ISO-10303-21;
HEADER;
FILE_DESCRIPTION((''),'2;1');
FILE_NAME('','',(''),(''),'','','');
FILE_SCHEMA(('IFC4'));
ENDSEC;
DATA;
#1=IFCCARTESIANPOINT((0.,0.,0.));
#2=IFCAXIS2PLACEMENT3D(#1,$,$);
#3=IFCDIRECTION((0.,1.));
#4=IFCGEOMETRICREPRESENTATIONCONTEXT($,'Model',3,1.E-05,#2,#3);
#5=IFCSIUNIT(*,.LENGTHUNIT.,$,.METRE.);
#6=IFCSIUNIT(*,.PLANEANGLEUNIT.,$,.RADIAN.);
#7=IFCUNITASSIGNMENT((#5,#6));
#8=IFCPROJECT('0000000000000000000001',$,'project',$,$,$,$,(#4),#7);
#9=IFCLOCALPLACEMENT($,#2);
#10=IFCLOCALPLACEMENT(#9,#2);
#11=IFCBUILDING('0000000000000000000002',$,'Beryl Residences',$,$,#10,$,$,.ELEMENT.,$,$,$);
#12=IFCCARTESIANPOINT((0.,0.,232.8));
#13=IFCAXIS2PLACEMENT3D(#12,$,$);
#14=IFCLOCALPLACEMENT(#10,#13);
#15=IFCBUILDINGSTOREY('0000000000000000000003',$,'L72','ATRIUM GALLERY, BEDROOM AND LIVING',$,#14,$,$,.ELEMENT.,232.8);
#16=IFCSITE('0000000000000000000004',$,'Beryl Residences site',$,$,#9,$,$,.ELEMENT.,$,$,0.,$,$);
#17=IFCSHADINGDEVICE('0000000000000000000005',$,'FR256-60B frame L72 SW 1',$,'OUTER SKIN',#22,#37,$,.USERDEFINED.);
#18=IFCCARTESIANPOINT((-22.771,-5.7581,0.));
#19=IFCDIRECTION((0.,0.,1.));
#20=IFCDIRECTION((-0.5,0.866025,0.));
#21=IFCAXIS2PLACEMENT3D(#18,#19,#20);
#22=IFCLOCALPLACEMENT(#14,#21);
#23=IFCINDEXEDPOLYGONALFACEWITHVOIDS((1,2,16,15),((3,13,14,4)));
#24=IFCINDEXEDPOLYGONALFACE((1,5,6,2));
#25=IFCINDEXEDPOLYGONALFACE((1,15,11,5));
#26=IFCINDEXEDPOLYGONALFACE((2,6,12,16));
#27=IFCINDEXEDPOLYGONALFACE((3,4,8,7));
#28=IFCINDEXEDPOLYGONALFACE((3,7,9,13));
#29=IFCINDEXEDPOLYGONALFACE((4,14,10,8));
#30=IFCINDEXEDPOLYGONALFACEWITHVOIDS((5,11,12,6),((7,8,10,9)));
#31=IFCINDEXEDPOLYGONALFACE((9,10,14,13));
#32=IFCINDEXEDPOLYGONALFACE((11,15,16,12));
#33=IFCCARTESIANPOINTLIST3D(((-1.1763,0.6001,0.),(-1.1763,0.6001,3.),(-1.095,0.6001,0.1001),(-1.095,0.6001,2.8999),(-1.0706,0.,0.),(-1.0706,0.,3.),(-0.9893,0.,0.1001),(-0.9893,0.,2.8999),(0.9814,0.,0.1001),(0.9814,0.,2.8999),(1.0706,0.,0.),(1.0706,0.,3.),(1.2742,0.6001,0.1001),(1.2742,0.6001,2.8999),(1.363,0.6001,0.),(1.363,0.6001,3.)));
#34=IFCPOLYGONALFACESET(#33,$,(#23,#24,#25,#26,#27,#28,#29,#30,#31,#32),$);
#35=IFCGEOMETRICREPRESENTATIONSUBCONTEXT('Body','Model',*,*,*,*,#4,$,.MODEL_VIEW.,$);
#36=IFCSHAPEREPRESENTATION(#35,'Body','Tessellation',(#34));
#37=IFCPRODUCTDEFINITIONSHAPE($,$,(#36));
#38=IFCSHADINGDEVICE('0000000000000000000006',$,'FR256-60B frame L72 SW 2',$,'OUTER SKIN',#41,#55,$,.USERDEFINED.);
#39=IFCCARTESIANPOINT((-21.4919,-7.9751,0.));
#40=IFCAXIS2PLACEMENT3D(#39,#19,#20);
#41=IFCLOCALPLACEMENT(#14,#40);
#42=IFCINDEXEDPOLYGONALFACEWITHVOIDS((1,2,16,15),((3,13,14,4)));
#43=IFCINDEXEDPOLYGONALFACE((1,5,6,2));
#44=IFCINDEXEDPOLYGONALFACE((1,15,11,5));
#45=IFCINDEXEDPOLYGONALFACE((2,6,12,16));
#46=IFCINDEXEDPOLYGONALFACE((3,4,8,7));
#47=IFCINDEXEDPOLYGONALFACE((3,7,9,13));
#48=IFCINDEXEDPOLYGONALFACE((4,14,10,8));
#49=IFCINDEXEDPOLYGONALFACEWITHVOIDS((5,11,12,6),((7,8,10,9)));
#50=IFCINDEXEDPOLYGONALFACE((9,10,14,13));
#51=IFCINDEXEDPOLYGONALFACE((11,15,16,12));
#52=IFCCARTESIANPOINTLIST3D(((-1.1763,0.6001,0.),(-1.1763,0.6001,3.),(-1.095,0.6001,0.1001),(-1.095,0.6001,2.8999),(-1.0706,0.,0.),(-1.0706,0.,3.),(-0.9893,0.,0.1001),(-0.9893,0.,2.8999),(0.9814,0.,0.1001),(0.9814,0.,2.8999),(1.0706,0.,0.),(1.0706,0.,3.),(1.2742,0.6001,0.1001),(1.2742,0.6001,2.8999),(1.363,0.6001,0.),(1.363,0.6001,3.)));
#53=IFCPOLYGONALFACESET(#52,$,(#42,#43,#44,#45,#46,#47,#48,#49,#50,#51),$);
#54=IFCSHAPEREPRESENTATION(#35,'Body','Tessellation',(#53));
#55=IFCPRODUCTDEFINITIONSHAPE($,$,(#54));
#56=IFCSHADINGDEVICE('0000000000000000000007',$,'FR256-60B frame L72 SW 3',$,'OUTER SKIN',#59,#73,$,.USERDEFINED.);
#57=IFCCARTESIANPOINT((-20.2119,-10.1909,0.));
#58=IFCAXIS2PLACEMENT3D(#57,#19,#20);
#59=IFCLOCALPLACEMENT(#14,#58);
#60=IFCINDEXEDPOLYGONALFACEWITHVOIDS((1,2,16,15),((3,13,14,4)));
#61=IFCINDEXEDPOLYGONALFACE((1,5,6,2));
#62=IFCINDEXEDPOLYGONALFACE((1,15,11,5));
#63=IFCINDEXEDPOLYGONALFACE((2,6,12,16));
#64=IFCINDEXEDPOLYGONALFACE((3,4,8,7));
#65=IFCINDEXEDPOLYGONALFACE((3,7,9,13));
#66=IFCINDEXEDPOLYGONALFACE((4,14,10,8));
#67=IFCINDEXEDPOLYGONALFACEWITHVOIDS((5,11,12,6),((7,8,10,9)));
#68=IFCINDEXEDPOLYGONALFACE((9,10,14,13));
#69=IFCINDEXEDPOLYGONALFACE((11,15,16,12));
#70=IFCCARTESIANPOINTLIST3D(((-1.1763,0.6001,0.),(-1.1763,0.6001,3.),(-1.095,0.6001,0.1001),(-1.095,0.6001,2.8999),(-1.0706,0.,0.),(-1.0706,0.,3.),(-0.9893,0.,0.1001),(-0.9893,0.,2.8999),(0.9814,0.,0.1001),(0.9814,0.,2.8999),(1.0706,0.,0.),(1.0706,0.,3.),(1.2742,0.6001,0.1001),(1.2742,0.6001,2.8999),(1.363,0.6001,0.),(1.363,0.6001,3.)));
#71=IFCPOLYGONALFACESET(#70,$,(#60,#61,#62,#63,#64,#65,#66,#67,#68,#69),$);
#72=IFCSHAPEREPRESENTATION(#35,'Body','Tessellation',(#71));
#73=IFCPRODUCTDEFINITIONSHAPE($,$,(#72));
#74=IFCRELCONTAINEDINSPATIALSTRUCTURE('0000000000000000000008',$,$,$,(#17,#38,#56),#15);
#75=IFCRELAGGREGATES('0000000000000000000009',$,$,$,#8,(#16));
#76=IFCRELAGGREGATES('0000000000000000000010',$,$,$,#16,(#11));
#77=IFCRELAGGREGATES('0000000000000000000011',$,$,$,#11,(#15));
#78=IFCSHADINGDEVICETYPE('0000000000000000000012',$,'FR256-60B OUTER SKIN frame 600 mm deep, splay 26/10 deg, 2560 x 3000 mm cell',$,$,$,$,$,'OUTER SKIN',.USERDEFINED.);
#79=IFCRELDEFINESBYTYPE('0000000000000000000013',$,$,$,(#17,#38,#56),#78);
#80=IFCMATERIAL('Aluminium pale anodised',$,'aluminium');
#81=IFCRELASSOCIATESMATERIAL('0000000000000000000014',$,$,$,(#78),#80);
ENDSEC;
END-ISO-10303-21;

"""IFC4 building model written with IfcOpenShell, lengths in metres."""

from ifc_helpers import new_model, entity, si_unit, direction, frame, origin, place, context, subcontext, project, spatial, source, transform, mapped, material, type_object, type_shapes, element, save


model = new_model("IFC4")

# Units and contexts
model_context = context("Model", 3, precision=1e-05, world=origin(), true_north=direction((0.0, 1.0)))
body_context = subcontext(model_context, "Body", "Model", "MODEL_VIEW")
ifc_project = project(units=[si_unit("LENGTHUNIT", "METRE"), si_unit("PLANEANGLEUNIT", "RADIAN")], contexts=[model_context])

# Site, building, storey
site_placement = place(None, origin())
site = spatial("IfcSite", under=ifc_project, at=site_placement, Name="Beryl Residences site", CompositionType="ELEMENT", RefElevation=0.0)
building_placement = place(site_placement, origin())
building = spatial("IfcBuilding", under=site, at=building_placement, Name="Beryl Residences", CompositionType="ELEMENT")
storey_placement = place(building_placement, frame((0.0, 0.0, 232.8)))
storey = spatial("IfcBuildingStorey", under=building, at=storey_placement, Name="L72", Description="ATRIUM GALLERY, BEDROOM AND LIVING", CompositionType="ELEMENT", Elevation=232.8)

# Shading devices
ifc_material_1 = material(Name="Aluminium pale anodised", Category="aluminium")
shading_device_type = type_object("IfcShadingDeviceType", Name="FR256-60B OUTER SKIN frame 600 mm deep, splay 26/10 deg, 2560 x 3000 mm cell", ElementType="OUTER SKIN", PredefinedType="USERDEFINED", material=ifc_material_1)
cartesian_point_1 = entity("IfcCartesianPoint", [-1.0706, 0.0])
cartesian_point_2 = entity("IfcCartesianPoint", [-0.9814, 0.1001])
cartesian_point_3 = entity("IfcCartesianPoint", [-1.363, 0.0])
cartesian_point_4 = entity("IfcCartesianPoint", [-1.2742, 0.1001])
shared_shape_1 = source(origin(), body_context, "Body", "SweptSolid", [
    entity("IfcExtrudedAreaSolidTapered", entity("IfcArbitraryProfileDefWithVoids", "AREA", None, entity("IfcPolyline", [cartesian_point_1, entity("IfcCartesianPoint", [1.0706, 0.0]), entity("IfcCartesianPoint", [1.0706, 3.0]), entity("IfcCartesianPoint", [-1.0706, 3.0]), cartesian_point_1]), [entity("IfcPolyline", [cartesian_point_2, entity("IfcCartesianPoint", [0.9893, 0.1001]), entity("IfcCartesianPoint", [0.9893, 2.8999]), entity("IfcCartesianPoint", [-0.9814, 2.8999]), cartesian_point_2])]), entity("IfcAxis2Placement3D", entity("IfcCartesianPoint", [0.0, 0.0, 0.0]), entity("IfcDirection", [0.0, 1.0, 0.0]), entity("IfcDirection", [-1.0, 0.0, 0.0])), entity("IfcDirection", [0.0, 0.0, 1.0]), 0.6001, entity("IfcArbitraryProfileDefWithVoids", "AREA", None, entity("IfcPolyline", [cartesian_point_3, entity("IfcCartesianPoint", [1.1763, 0.0]), entity("IfcCartesianPoint", [1.1763, 3.0]), entity("IfcCartesianPoint", [-1.363, 3.0]), cartesian_point_3]), [entity("IfcPolyline", [cartesian_point_4, entity("IfcCartesianPoint", [1.095, 0.1001]), entity("IfcCartesianPoint", [1.095, 2.8999]), entity("IfcCartesianPoint", [-1.2742, 2.8999]), cartesian_point_4])])),
])
type_shapes(shading_device_type, [shared_shape_1])
for number, where, z_axis, x_axis, name in (
    (1, (-22.771, -5.7581, 0.0), (0.0, 0.0, 1.0), (-0.5, 0.866025, 0.0), "FR256-60B frame L72 SW 1"),
    (2, (-21.4919, -7.9751, 0.0), (0.0, 0.0, 1.0), (-0.5, 0.866025, 0.0), "FR256-60B frame L72 SW 2"),
    (3, (-20.2119, -10.1909, 0.0), (0.0, 0.0, 1.0), (-0.5, 0.866025, 0.0), "FR256-60B frame L72 SW 3"),
):
    element("IfcShadingDevice", number, at=place(storey_placement, frame(where, z_axis=z_axis, x_axis=x_axis)), inside=storey, type_object=shading_device_type, Name=name, ObjectType="OUTER SKIN", PredefinedType="USERDEFINED", context=body_context, shape_type="MappedRepresentation", body=[
        mapped(shared_shape_1, transform((0.0, 0.0, 0.0))),
    ])

save(model, "model.ifc")
